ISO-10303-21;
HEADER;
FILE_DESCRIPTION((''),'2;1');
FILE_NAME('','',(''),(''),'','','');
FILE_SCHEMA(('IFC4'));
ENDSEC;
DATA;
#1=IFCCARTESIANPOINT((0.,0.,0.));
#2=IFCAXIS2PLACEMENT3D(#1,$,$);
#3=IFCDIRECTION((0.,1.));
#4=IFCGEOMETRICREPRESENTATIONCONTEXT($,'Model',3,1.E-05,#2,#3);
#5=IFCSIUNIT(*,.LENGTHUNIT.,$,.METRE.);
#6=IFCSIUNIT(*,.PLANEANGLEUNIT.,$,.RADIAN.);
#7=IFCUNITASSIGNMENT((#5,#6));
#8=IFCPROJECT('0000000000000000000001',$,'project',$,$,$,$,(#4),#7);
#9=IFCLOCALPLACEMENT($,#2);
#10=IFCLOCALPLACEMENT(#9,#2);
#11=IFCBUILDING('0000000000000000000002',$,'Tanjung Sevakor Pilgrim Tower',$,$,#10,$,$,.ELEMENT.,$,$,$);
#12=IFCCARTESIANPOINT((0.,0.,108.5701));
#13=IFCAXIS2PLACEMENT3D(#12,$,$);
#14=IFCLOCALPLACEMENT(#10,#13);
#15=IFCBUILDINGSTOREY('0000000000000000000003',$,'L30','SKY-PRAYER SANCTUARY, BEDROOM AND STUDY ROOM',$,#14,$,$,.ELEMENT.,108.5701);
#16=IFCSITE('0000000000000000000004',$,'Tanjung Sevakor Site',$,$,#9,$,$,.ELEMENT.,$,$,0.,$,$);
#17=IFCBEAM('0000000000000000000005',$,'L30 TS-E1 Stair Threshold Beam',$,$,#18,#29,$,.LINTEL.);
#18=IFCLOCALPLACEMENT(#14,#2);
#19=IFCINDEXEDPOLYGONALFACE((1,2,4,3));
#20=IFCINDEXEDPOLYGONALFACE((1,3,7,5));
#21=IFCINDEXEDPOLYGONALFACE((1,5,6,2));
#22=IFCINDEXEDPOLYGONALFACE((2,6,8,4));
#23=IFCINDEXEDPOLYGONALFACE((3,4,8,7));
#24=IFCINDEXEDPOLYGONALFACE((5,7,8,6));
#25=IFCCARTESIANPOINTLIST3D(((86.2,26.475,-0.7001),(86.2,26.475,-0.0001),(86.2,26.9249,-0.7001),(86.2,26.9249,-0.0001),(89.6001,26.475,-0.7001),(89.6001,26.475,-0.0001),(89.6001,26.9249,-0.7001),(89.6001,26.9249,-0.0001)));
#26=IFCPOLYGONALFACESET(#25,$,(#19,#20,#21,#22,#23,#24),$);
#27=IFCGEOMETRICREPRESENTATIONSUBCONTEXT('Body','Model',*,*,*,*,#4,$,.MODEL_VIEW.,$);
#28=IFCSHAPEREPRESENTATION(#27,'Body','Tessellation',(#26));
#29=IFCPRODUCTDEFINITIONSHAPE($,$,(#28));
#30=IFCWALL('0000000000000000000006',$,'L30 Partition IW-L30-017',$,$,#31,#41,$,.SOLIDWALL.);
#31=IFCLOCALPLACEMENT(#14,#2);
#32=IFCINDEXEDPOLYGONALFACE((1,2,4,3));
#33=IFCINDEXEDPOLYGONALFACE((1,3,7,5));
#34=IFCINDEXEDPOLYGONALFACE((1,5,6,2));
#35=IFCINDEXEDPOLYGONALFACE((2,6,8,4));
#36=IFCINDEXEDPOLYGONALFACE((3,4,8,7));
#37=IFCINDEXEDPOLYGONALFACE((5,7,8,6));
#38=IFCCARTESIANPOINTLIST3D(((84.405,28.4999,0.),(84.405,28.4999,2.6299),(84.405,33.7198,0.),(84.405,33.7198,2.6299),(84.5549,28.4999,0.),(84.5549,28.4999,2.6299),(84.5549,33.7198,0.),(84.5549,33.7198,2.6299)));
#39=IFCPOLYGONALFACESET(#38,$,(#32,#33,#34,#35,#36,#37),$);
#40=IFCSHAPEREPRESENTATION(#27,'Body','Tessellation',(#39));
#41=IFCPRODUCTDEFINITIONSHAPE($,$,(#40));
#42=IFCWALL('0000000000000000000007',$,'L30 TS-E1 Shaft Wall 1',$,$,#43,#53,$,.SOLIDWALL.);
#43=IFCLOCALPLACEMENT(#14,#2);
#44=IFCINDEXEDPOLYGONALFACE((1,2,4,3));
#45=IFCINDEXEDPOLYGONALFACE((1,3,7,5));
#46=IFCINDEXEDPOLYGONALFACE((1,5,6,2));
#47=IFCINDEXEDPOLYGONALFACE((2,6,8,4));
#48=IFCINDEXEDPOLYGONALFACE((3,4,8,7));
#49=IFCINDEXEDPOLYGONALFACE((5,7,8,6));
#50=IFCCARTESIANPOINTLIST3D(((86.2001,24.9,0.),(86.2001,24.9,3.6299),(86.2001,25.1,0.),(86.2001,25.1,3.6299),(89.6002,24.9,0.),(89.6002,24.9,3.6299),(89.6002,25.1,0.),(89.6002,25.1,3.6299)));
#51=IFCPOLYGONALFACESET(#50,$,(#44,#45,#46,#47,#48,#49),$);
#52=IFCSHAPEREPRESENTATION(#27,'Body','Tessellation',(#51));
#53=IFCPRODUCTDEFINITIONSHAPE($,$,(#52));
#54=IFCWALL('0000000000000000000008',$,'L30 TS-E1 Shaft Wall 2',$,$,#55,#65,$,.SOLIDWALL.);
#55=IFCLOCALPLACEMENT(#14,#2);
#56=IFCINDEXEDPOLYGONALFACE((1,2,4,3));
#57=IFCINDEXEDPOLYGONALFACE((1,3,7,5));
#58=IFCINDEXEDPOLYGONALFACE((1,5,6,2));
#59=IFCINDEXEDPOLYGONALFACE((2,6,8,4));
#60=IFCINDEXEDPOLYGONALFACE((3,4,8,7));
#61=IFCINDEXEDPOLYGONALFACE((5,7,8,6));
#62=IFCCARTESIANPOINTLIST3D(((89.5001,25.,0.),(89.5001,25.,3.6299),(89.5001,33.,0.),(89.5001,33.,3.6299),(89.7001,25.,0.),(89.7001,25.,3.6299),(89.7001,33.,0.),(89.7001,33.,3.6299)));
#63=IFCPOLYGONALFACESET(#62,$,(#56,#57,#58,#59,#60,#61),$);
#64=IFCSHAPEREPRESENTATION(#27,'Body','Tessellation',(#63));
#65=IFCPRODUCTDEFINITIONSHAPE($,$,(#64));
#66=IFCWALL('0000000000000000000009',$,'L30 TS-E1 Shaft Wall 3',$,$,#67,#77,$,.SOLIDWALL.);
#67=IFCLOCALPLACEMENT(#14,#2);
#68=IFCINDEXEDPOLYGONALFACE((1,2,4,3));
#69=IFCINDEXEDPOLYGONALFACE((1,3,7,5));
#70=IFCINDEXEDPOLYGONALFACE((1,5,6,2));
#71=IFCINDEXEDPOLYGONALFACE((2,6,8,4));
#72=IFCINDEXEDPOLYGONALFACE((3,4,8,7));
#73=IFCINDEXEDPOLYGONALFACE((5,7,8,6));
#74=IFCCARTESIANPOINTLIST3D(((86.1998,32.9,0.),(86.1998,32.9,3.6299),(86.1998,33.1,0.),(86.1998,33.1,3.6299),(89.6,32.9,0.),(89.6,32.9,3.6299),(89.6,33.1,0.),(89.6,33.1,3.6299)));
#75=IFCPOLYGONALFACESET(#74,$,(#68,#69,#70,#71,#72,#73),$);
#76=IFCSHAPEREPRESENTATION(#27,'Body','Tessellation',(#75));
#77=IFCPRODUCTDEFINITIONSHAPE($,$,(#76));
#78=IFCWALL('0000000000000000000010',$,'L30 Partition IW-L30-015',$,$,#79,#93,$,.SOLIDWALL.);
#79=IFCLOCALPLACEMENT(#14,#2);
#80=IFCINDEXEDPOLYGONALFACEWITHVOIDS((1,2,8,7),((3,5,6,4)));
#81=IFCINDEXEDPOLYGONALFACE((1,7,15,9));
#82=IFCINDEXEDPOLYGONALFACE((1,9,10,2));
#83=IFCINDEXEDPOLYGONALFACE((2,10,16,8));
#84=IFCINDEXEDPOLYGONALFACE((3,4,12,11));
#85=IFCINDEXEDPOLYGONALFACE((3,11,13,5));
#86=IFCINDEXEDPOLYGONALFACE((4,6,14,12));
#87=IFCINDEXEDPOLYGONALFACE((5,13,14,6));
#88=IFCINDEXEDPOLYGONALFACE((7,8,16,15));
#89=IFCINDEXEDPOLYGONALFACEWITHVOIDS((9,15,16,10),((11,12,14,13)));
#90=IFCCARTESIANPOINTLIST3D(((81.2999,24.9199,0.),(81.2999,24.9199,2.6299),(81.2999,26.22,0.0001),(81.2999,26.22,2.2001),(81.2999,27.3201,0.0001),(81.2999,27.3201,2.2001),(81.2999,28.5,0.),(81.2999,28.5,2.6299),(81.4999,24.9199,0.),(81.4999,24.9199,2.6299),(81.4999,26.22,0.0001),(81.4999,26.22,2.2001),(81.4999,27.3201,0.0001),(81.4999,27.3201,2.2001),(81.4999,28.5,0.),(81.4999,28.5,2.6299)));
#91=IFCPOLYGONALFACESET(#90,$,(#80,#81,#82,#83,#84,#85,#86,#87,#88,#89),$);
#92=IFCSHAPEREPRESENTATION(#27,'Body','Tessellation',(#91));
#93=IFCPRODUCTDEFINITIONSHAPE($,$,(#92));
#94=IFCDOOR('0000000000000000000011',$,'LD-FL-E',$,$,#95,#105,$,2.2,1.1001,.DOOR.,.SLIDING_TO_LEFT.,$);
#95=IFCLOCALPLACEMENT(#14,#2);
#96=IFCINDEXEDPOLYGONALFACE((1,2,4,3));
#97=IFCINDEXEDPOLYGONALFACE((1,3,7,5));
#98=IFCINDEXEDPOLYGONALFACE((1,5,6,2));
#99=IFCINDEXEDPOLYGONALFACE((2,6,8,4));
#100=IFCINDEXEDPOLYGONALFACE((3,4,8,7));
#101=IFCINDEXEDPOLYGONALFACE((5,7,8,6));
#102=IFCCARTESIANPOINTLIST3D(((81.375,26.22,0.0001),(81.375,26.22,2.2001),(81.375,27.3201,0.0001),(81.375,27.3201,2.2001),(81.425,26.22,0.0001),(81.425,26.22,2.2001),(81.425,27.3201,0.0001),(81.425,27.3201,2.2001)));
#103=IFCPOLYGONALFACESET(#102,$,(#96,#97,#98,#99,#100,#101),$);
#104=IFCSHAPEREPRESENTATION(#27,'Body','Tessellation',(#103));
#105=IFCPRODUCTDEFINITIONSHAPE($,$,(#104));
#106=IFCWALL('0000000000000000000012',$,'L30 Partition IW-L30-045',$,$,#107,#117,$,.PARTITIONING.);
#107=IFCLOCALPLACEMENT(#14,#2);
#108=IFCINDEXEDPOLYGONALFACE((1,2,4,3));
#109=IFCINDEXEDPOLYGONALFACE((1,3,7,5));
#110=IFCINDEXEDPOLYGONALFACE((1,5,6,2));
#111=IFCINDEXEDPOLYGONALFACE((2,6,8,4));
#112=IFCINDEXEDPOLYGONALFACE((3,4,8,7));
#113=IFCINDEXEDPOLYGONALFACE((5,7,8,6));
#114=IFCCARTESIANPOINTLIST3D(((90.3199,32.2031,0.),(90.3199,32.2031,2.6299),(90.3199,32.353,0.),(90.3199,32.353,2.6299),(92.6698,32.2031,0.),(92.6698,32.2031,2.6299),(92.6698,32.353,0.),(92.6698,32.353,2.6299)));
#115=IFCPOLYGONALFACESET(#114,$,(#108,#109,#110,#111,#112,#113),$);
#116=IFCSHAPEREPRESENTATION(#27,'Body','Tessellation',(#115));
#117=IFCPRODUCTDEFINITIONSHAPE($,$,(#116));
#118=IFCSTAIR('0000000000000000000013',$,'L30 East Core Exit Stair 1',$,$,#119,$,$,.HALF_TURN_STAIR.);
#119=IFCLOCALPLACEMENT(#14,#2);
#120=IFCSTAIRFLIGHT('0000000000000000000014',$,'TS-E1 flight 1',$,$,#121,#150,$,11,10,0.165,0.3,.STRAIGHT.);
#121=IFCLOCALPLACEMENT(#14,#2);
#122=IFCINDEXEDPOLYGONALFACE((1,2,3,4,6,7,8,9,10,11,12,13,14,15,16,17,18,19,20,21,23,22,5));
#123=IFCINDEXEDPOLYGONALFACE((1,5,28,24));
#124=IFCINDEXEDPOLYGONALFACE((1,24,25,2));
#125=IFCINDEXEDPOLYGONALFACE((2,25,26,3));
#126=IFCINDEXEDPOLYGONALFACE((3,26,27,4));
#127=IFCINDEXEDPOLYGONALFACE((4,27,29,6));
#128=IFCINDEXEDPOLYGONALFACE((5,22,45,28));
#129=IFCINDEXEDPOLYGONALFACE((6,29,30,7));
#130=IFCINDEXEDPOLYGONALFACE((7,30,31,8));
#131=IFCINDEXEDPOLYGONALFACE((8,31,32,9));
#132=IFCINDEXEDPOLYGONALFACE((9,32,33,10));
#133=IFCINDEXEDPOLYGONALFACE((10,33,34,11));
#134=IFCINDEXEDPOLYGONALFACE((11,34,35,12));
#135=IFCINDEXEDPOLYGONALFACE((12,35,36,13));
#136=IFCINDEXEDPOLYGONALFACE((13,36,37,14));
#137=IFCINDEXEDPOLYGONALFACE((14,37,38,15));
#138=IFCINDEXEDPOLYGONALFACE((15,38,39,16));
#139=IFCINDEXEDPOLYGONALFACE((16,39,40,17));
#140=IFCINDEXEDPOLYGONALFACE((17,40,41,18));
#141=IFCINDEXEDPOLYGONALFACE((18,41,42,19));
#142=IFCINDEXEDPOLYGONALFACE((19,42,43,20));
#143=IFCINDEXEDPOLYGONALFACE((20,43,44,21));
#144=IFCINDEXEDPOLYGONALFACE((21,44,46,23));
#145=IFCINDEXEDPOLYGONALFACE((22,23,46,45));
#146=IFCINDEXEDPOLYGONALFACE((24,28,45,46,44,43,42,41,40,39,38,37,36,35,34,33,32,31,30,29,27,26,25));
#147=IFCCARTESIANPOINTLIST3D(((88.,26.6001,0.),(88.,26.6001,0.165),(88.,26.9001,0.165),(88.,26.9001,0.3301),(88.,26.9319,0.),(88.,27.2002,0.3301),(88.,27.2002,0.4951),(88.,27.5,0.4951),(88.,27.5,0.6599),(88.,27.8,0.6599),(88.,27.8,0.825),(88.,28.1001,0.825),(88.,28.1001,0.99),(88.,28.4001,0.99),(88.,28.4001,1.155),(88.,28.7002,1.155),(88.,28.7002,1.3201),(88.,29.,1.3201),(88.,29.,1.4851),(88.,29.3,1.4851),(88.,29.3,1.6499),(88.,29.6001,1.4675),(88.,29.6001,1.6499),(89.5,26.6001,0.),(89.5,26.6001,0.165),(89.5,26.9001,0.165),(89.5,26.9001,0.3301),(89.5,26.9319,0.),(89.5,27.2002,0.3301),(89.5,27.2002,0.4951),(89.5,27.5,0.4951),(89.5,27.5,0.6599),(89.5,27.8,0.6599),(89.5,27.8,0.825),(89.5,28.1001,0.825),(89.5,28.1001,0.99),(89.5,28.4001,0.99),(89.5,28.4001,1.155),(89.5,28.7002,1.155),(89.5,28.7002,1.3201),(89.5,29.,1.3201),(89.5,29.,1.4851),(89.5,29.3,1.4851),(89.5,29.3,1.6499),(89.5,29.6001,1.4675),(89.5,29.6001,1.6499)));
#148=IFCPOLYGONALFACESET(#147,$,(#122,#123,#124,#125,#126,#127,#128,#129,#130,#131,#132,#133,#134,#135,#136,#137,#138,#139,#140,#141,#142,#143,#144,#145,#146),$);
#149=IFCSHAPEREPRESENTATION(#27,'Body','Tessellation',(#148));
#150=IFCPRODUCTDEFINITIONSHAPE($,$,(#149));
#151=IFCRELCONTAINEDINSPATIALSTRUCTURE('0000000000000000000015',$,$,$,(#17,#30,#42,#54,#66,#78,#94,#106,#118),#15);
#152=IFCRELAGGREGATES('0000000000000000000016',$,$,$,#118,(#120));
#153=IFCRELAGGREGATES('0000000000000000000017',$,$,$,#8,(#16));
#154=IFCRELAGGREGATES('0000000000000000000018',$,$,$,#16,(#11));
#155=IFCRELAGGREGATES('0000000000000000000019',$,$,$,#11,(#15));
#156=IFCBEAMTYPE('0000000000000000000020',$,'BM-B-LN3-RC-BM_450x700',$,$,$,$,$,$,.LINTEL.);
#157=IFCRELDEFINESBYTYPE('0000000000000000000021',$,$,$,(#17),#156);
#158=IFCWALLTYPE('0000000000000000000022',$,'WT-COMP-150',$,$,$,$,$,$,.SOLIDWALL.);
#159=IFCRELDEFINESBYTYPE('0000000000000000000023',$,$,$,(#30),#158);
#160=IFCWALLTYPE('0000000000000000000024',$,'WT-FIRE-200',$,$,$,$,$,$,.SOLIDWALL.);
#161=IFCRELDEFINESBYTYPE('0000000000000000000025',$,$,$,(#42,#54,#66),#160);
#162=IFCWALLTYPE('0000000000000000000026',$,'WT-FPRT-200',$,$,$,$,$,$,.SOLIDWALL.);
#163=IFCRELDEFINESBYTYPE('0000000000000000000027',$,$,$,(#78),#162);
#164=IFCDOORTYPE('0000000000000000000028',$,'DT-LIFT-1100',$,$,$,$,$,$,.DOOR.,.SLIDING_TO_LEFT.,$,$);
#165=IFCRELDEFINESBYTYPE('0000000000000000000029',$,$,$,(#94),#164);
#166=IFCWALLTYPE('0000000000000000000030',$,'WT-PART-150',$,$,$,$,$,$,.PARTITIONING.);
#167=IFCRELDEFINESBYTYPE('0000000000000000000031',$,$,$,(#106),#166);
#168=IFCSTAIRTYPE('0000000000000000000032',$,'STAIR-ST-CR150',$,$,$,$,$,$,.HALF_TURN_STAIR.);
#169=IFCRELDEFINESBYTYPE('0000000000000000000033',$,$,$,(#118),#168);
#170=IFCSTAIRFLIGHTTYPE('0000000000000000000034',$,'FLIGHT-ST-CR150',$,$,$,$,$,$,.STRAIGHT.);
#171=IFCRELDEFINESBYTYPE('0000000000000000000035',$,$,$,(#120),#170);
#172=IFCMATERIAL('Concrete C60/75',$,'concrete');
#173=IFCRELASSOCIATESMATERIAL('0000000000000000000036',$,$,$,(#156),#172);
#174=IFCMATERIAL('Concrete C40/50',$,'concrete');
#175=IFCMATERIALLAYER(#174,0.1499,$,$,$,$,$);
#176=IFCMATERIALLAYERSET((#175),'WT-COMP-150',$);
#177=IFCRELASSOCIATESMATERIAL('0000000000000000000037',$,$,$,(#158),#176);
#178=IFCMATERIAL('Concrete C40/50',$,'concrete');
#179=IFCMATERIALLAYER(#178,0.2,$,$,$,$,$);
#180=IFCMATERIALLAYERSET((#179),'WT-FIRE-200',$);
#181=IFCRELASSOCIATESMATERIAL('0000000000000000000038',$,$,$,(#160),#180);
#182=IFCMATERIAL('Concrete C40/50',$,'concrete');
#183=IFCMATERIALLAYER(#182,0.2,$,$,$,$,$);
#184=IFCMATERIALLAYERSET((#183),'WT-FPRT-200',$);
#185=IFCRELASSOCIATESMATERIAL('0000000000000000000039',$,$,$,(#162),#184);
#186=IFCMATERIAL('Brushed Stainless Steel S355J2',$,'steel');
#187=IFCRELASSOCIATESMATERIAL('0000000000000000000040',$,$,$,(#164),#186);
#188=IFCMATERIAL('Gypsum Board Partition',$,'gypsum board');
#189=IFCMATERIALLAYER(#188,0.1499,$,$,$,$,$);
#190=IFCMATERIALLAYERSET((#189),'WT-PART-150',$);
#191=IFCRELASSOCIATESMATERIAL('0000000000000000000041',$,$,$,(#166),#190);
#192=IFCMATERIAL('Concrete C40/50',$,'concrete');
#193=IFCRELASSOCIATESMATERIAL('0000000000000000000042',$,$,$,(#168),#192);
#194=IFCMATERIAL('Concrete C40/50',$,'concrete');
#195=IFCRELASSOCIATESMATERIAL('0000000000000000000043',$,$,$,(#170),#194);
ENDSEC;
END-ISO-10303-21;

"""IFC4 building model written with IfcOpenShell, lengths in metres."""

from ifc_helpers import new_model, si_unit, direction, frame, frame_2d, origin, origin_2d, place, context, subcontext, project, spatial, polyline, rectangle, outline, extrude, material, layer, layer_set, material_profile, profile_set, type_object, element, fill, aggregate, save


model = new_model("IFC4")

# Units and contexts
model_context = context("Model", 3, precision=1e-05, world=origin(), true_north=direction((0.0, 1.0)))
body_context = subcontext(model_context, "Body", "Model", "MODEL_VIEW")
ifc_project = project(units=[si_unit("LENGTHUNIT", "METRE"), si_unit("PLANEANGLEUNIT", "RADIAN")], contexts=[model_context])

# Site, building, storey
site_placement = place(None, origin())
site = spatial("IfcSite", under=ifc_project, at=site_placement, Name="Tanjung Sevakor Site", CompositionType="ELEMENT", RefElevation=0.0)
building_placement = place(site_placement, origin())
building = spatial("IfcBuilding", under=site, at=building_placement, Name="Tanjung Sevakor Pilgrim Tower", CompositionType="ELEMENT")
storey_placement = place(building_placement, frame((0.0, 0.0, 108.5701)))
storey = spatial("IfcBuildingStorey", under=building, at=storey_placement, Name="L30", Description="SKY-PRAYER SANCTUARY, BEDROOM AND STUDY ROOM", CompositionType="ELEMENT", Elevation=108.5701)

# Beam
ifc_material_1 = material(Name="Concrete C60/75", Category="concrete")
ifc_material_profile = material_profile(ifc_material_1, rectangle(XDim=0.45, YDim=0.7, at=origin_2d()))
ifc_profile_set = profile_set([ifc_material_profile], Name="Concrete C60/75")
beam_type = type_object("IfcBeamType", Name="BM-B-LN3-RC-BM_450x700", PredefinedType="LINTEL", material=ifc_profile_set)
beam_placement = place(storey_placement, frame((86.2, 26.7, -0.3501), z_axis=(1.0, 0.0, 0.0), x_axis=(0.0, 1.0, 0.0)))
element("IfcBeam", 1, at=beam_placement, inside=storey, type_object=beam_type, Name="L30 TS-E1 Stair Threshold Beam", PredefinedType="LINTEL", context=body_context, shape_type="SweptSolid", body=[
    extrude(rectangle(XDim=0.45, YDim=0.7, at=origin_2d()), origin(), (0.0, 0.0, 1.0), 3.4001),
])

# Wall
ifc_material_2 = material(Name="Concrete C40/50", Category="concrete")
ifc_layer_1 = layer(ifc_material_2, 0.1499)
ifc_layer_set_1 = layer_set([ifc_layer_1], Name="WT-COMP-150")
wall_type_1 = type_object("IfcWallType", Name="WT-COMP-150", PredefinedType="SOLIDWALL", material=ifc_layer_set_1)
wall_1_placement = place(storey_placement, frame((84.48, 28.5, 0.0), z_axis=(0.0, 0.0, 1.0), x_axis=(0.0, 1.0, 0.0)))
element("IfcWall", 2, at=wall_1_placement, inside=storey, type_object=wall_type_1, Name="L30 Partition IW-L30-017", PredefinedType="SOLIDWALL", context=body_context, shape_type="SweptSolid", body=[
    extrude(rectangle(XDim=5.22, YDim=0.1499, at=frame_2d((2.6099, 0.0))), origin(), (0.0, 0.0, 1.0), 2.6299),
])

# Walls
ifc_material_3 = material(Name="Concrete C40/50", Category="concrete")
ifc_layer_2 = layer(ifc_material_3, 0.2)
ifc_layer_set_2 = layer_set([ifc_layer_2], Name="WT-FIRE-200")
wall_type_2 = type_object("IfcWallType", Name="WT-FIRE-200", PredefinedType="SOLIDWALL", material=ifc_layer_set_2)
wall_2_placement = place(storey_placement, frame((86.2, 25.0, 0.0), z_axis=(0.0, 0.0, 1.0), x_axis=(1.0, 0.0, 0.0)))
element("IfcWall", 3, at=wall_2_placement, inside=storey, type_object=wall_type_2, Name="L30 TS-E1 Shaft Wall 1", PredefinedType="SOLIDWALL", context=body_context, shape_type="SweptSolid", body=[
    extrude(rectangle(XDim=3.4001, YDim=0.2, at=frame_2d((1.7002, 0.0))), origin(), (0.0, 0.0, 1.0), 3.6299),
])
wall_3_placement = place(storey_placement, frame((89.6001, 25.0, 0.0), z_axis=(0.0, 0.0, 1.0), x_axis=(0.0, 1.0, 0.0)))
element("IfcWall", 4, at=wall_3_placement, inside=storey, type_object=wall_type_2, Name="L30 TS-E1 Shaft Wall 2", PredefinedType="SOLIDWALL", context=body_context, shape_type="SweptSolid", body=[
    extrude(rectangle(XDim=8.0, YDim=0.2, at=frame_2d((4.0, 0.0))), origin(), (0.0, 0.0, 1.0), 3.6299),
])
wall_4_placement = place(storey_placement, frame((89.6001, 33.0, 0.0), z_axis=(0.0, 0.0, 1.0), x_axis=(-1.0, 0.0, 0.0)))
element("IfcWall", 5, at=wall_4_placement, inside=storey, type_object=wall_type_2, Name="L30 TS-E1 Shaft Wall 3", PredefinedType="SOLIDWALL", context=body_context, shape_type="SweptSolid", body=[
    extrude(rectangle(XDim=3.4001, YDim=0.2, at=frame_2d((1.7002, 0.0))), origin(), (0.0, 0.0, 1.0), 3.6299),
])

# Wall, opening, door
ifc_material_4 = material(Name="Concrete C40/50", Category="concrete")
ifc_layer_3 = layer(ifc_material_4, 0.2)
ifc_layer_set_3 = layer_set([ifc_layer_3], Name="WT-FPRT-200")
wall_type_3 = type_object("IfcWallType", Name="WT-FPRT-200", PredefinedType="SOLIDWALL", material=ifc_layer_set_3)
wall_5_placement = place(storey_placement, frame((81.3999, 24.9199, 0.0), z_axis=(0.0, 0.0, 1.0), x_axis=(0.0, 1.0, 0.0)))
wall_5 = element("IfcWall", 6, at=wall_5_placement, inside=storey, type_object=wall_type_3, Name="L30 Partition IW-L30-015", PredefinedType="SOLIDWALL", context=body_context, shape_type="SweptSolid", body=[
    extrude(rectangle(XDim=3.5801, YDim=0.2, at=frame_2d((1.79, 0.0))), origin(), (0.0, 0.0, 1.0), 2.6299),
])
opening_1_placement = place(wall_5_placement, frame((1.3, 0.0, 0.0)))
opening_1 = element("IfcOpeningElement", 7, at=opening_1_placement, cuts=wall_5, PredefinedType="OPENING", context=body_context, shape_type="SweptSolid", body=[
    extrude(rectangle(XDim=1.1001, YDim=2.2, at=frame_2d((0.55, 1.1001))), frame((0.0, 0.1099, 0.0), z_axis=(0.0, -1.0, 0.0), x_axis=(1.0, 0.0, 0.0)), (0.0, 0.0, 1.0), 0.22),
])
ifc_material_5 = material(Name="Brushed Stainless Steel S355J2", Category="steel")
door_type_1 = type_object("IfcDoorType", Name="DT-LIFT-1100", OperationType="SLIDING_TO_LEFT", PredefinedType="DOOR", material=ifc_material_5)
door_1_placement = place(opening_1_placement, origin())
door_1 = element("IfcDoor", 8, at=door_1_placement, inside=storey, type_object=door_type_1, Name="LD-FL-E", OperationType="SLIDING_TO_LEFT", OverallHeight=2.2, OverallWidth=1.1001, PredefinedType="DOOR", context=body_context, shape_type="SweptSolid", body=[
    extrude(rectangle(XDim=1.1001, YDim=2.2, at=frame_2d((0.55, 1.1001))), frame((0.0, 0.0249, 0.0), z_axis=(0.0, -1.0, 0.0), x_axis=(1.0, 0.0, 0.0)), (0.0, 0.0, 1.0), 0.05),
])
fill(opening_1, door_1)

# Wall
ifc_material_6 = material(Name="Gypsum Board Partition", Category="gypsum board")
ifc_layer_4 = layer(ifc_material_6, 0.1499)
ifc_layer_set_4 = layer_set([ifc_layer_4], Name="WT-PART-150")
wall_type_4 = type_object("IfcWallType", Name="WT-PART-150", PredefinedType="PARTITIONING", material=ifc_layer_set_4)
wall_6_placement = place(storey_placement, frame((90.3201, 32.2781, 0.0), z_axis=(0.0, 0.0, 1.0), x_axis=(1.0, 0.0, 0.0)))
element("IfcWall", 9, at=wall_6_placement, inside=storey, type_object=wall_type_4, Name="L30 Partition IW-L30-045", PredefinedType="PARTITIONING", context=body_context, shape_type="SweptSolid", body=[
    extrude(rectangle(XDim=2.3499, YDim=0.1499, at=frame_2d((1.1748, 0.0))), origin(), (0.0, 0.0, 1.0), 2.6299),
])

# Stair, stair flight
ifc_material_7 = material(Name="Concrete C40/50", Category="concrete")
stair_type = type_object("IfcStairType", Name="STAIR-ST-CR150", PredefinedType="HALF_TURN_STAIR", material=ifc_material_7)
stair_placement = place(storey_placement, origin())
stair = element("IfcStair", 10, at=stair_placement, inside=storey, type_object=stair_type, Name="L30 East Core Exit Stair 1", PredefinedType="HALF_TURN_STAIR")
ifc_material_8 = material(Name="Concrete C40/50", Category="concrete")
stair_flight_type = type_object("IfcStairFlightType", Name="FLIGHT-ST-CR150", PredefinedType="STRAIGHT", material=ifc_material_8)
stair_flight_1_placement = place(storey_placement, frame((88.75, 26.6001, 0.0), z_axis=(0.0, 0.0, 1.0), x_axis=(0.0, 1.0, 0.0)))
stair_flight_1 = element("IfcStairFlight", 11, at=stair_flight_1_placement, type_object=stair_flight_type, Name="TS-E1 flight 1", NumberOfRisers=11, NumberOfTreads=10, PredefinedType="STRAIGHT", RiserHeight=0.165, TreadLength=0.3, context=body_context, shape_type="SweptSolid", body=[
    extrude(outline(polyline([(0.0, 0.0), (0.0, 0.165), (0.3, 0.165), (0.3, 0.3301), (0.6001, 0.3301), (0.6001, 0.4951), (0.8999, 0.4951), (0.8999, 0.6599), (1.2, 0.6599), (1.2, 0.825), (1.5, 0.825), (1.5, 0.99), (1.8, 0.99), (1.8, 1.155), (2.1001, 1.155), (2.1001, 1.3201), (2.3999, 1.3201), (2.3999, 1.4851), (2.7, 1.4851), (2.7, 1.6499), (3.0, 1.6499), (3.0, 1.8149), (3.0, 1.4675), (0.3318, 0.0), (0.0, 0.0)])), frame((0.0, 0.75, 0.0), z_axis=(0.0, -1.0, 0.0), x_axis=(1.0, 0.0, 0.0)), (0.0, 0.0, 1.0), 1.5),
])
aggregate(stair, [stair_flight_1])

save(model, "model.ifc")
